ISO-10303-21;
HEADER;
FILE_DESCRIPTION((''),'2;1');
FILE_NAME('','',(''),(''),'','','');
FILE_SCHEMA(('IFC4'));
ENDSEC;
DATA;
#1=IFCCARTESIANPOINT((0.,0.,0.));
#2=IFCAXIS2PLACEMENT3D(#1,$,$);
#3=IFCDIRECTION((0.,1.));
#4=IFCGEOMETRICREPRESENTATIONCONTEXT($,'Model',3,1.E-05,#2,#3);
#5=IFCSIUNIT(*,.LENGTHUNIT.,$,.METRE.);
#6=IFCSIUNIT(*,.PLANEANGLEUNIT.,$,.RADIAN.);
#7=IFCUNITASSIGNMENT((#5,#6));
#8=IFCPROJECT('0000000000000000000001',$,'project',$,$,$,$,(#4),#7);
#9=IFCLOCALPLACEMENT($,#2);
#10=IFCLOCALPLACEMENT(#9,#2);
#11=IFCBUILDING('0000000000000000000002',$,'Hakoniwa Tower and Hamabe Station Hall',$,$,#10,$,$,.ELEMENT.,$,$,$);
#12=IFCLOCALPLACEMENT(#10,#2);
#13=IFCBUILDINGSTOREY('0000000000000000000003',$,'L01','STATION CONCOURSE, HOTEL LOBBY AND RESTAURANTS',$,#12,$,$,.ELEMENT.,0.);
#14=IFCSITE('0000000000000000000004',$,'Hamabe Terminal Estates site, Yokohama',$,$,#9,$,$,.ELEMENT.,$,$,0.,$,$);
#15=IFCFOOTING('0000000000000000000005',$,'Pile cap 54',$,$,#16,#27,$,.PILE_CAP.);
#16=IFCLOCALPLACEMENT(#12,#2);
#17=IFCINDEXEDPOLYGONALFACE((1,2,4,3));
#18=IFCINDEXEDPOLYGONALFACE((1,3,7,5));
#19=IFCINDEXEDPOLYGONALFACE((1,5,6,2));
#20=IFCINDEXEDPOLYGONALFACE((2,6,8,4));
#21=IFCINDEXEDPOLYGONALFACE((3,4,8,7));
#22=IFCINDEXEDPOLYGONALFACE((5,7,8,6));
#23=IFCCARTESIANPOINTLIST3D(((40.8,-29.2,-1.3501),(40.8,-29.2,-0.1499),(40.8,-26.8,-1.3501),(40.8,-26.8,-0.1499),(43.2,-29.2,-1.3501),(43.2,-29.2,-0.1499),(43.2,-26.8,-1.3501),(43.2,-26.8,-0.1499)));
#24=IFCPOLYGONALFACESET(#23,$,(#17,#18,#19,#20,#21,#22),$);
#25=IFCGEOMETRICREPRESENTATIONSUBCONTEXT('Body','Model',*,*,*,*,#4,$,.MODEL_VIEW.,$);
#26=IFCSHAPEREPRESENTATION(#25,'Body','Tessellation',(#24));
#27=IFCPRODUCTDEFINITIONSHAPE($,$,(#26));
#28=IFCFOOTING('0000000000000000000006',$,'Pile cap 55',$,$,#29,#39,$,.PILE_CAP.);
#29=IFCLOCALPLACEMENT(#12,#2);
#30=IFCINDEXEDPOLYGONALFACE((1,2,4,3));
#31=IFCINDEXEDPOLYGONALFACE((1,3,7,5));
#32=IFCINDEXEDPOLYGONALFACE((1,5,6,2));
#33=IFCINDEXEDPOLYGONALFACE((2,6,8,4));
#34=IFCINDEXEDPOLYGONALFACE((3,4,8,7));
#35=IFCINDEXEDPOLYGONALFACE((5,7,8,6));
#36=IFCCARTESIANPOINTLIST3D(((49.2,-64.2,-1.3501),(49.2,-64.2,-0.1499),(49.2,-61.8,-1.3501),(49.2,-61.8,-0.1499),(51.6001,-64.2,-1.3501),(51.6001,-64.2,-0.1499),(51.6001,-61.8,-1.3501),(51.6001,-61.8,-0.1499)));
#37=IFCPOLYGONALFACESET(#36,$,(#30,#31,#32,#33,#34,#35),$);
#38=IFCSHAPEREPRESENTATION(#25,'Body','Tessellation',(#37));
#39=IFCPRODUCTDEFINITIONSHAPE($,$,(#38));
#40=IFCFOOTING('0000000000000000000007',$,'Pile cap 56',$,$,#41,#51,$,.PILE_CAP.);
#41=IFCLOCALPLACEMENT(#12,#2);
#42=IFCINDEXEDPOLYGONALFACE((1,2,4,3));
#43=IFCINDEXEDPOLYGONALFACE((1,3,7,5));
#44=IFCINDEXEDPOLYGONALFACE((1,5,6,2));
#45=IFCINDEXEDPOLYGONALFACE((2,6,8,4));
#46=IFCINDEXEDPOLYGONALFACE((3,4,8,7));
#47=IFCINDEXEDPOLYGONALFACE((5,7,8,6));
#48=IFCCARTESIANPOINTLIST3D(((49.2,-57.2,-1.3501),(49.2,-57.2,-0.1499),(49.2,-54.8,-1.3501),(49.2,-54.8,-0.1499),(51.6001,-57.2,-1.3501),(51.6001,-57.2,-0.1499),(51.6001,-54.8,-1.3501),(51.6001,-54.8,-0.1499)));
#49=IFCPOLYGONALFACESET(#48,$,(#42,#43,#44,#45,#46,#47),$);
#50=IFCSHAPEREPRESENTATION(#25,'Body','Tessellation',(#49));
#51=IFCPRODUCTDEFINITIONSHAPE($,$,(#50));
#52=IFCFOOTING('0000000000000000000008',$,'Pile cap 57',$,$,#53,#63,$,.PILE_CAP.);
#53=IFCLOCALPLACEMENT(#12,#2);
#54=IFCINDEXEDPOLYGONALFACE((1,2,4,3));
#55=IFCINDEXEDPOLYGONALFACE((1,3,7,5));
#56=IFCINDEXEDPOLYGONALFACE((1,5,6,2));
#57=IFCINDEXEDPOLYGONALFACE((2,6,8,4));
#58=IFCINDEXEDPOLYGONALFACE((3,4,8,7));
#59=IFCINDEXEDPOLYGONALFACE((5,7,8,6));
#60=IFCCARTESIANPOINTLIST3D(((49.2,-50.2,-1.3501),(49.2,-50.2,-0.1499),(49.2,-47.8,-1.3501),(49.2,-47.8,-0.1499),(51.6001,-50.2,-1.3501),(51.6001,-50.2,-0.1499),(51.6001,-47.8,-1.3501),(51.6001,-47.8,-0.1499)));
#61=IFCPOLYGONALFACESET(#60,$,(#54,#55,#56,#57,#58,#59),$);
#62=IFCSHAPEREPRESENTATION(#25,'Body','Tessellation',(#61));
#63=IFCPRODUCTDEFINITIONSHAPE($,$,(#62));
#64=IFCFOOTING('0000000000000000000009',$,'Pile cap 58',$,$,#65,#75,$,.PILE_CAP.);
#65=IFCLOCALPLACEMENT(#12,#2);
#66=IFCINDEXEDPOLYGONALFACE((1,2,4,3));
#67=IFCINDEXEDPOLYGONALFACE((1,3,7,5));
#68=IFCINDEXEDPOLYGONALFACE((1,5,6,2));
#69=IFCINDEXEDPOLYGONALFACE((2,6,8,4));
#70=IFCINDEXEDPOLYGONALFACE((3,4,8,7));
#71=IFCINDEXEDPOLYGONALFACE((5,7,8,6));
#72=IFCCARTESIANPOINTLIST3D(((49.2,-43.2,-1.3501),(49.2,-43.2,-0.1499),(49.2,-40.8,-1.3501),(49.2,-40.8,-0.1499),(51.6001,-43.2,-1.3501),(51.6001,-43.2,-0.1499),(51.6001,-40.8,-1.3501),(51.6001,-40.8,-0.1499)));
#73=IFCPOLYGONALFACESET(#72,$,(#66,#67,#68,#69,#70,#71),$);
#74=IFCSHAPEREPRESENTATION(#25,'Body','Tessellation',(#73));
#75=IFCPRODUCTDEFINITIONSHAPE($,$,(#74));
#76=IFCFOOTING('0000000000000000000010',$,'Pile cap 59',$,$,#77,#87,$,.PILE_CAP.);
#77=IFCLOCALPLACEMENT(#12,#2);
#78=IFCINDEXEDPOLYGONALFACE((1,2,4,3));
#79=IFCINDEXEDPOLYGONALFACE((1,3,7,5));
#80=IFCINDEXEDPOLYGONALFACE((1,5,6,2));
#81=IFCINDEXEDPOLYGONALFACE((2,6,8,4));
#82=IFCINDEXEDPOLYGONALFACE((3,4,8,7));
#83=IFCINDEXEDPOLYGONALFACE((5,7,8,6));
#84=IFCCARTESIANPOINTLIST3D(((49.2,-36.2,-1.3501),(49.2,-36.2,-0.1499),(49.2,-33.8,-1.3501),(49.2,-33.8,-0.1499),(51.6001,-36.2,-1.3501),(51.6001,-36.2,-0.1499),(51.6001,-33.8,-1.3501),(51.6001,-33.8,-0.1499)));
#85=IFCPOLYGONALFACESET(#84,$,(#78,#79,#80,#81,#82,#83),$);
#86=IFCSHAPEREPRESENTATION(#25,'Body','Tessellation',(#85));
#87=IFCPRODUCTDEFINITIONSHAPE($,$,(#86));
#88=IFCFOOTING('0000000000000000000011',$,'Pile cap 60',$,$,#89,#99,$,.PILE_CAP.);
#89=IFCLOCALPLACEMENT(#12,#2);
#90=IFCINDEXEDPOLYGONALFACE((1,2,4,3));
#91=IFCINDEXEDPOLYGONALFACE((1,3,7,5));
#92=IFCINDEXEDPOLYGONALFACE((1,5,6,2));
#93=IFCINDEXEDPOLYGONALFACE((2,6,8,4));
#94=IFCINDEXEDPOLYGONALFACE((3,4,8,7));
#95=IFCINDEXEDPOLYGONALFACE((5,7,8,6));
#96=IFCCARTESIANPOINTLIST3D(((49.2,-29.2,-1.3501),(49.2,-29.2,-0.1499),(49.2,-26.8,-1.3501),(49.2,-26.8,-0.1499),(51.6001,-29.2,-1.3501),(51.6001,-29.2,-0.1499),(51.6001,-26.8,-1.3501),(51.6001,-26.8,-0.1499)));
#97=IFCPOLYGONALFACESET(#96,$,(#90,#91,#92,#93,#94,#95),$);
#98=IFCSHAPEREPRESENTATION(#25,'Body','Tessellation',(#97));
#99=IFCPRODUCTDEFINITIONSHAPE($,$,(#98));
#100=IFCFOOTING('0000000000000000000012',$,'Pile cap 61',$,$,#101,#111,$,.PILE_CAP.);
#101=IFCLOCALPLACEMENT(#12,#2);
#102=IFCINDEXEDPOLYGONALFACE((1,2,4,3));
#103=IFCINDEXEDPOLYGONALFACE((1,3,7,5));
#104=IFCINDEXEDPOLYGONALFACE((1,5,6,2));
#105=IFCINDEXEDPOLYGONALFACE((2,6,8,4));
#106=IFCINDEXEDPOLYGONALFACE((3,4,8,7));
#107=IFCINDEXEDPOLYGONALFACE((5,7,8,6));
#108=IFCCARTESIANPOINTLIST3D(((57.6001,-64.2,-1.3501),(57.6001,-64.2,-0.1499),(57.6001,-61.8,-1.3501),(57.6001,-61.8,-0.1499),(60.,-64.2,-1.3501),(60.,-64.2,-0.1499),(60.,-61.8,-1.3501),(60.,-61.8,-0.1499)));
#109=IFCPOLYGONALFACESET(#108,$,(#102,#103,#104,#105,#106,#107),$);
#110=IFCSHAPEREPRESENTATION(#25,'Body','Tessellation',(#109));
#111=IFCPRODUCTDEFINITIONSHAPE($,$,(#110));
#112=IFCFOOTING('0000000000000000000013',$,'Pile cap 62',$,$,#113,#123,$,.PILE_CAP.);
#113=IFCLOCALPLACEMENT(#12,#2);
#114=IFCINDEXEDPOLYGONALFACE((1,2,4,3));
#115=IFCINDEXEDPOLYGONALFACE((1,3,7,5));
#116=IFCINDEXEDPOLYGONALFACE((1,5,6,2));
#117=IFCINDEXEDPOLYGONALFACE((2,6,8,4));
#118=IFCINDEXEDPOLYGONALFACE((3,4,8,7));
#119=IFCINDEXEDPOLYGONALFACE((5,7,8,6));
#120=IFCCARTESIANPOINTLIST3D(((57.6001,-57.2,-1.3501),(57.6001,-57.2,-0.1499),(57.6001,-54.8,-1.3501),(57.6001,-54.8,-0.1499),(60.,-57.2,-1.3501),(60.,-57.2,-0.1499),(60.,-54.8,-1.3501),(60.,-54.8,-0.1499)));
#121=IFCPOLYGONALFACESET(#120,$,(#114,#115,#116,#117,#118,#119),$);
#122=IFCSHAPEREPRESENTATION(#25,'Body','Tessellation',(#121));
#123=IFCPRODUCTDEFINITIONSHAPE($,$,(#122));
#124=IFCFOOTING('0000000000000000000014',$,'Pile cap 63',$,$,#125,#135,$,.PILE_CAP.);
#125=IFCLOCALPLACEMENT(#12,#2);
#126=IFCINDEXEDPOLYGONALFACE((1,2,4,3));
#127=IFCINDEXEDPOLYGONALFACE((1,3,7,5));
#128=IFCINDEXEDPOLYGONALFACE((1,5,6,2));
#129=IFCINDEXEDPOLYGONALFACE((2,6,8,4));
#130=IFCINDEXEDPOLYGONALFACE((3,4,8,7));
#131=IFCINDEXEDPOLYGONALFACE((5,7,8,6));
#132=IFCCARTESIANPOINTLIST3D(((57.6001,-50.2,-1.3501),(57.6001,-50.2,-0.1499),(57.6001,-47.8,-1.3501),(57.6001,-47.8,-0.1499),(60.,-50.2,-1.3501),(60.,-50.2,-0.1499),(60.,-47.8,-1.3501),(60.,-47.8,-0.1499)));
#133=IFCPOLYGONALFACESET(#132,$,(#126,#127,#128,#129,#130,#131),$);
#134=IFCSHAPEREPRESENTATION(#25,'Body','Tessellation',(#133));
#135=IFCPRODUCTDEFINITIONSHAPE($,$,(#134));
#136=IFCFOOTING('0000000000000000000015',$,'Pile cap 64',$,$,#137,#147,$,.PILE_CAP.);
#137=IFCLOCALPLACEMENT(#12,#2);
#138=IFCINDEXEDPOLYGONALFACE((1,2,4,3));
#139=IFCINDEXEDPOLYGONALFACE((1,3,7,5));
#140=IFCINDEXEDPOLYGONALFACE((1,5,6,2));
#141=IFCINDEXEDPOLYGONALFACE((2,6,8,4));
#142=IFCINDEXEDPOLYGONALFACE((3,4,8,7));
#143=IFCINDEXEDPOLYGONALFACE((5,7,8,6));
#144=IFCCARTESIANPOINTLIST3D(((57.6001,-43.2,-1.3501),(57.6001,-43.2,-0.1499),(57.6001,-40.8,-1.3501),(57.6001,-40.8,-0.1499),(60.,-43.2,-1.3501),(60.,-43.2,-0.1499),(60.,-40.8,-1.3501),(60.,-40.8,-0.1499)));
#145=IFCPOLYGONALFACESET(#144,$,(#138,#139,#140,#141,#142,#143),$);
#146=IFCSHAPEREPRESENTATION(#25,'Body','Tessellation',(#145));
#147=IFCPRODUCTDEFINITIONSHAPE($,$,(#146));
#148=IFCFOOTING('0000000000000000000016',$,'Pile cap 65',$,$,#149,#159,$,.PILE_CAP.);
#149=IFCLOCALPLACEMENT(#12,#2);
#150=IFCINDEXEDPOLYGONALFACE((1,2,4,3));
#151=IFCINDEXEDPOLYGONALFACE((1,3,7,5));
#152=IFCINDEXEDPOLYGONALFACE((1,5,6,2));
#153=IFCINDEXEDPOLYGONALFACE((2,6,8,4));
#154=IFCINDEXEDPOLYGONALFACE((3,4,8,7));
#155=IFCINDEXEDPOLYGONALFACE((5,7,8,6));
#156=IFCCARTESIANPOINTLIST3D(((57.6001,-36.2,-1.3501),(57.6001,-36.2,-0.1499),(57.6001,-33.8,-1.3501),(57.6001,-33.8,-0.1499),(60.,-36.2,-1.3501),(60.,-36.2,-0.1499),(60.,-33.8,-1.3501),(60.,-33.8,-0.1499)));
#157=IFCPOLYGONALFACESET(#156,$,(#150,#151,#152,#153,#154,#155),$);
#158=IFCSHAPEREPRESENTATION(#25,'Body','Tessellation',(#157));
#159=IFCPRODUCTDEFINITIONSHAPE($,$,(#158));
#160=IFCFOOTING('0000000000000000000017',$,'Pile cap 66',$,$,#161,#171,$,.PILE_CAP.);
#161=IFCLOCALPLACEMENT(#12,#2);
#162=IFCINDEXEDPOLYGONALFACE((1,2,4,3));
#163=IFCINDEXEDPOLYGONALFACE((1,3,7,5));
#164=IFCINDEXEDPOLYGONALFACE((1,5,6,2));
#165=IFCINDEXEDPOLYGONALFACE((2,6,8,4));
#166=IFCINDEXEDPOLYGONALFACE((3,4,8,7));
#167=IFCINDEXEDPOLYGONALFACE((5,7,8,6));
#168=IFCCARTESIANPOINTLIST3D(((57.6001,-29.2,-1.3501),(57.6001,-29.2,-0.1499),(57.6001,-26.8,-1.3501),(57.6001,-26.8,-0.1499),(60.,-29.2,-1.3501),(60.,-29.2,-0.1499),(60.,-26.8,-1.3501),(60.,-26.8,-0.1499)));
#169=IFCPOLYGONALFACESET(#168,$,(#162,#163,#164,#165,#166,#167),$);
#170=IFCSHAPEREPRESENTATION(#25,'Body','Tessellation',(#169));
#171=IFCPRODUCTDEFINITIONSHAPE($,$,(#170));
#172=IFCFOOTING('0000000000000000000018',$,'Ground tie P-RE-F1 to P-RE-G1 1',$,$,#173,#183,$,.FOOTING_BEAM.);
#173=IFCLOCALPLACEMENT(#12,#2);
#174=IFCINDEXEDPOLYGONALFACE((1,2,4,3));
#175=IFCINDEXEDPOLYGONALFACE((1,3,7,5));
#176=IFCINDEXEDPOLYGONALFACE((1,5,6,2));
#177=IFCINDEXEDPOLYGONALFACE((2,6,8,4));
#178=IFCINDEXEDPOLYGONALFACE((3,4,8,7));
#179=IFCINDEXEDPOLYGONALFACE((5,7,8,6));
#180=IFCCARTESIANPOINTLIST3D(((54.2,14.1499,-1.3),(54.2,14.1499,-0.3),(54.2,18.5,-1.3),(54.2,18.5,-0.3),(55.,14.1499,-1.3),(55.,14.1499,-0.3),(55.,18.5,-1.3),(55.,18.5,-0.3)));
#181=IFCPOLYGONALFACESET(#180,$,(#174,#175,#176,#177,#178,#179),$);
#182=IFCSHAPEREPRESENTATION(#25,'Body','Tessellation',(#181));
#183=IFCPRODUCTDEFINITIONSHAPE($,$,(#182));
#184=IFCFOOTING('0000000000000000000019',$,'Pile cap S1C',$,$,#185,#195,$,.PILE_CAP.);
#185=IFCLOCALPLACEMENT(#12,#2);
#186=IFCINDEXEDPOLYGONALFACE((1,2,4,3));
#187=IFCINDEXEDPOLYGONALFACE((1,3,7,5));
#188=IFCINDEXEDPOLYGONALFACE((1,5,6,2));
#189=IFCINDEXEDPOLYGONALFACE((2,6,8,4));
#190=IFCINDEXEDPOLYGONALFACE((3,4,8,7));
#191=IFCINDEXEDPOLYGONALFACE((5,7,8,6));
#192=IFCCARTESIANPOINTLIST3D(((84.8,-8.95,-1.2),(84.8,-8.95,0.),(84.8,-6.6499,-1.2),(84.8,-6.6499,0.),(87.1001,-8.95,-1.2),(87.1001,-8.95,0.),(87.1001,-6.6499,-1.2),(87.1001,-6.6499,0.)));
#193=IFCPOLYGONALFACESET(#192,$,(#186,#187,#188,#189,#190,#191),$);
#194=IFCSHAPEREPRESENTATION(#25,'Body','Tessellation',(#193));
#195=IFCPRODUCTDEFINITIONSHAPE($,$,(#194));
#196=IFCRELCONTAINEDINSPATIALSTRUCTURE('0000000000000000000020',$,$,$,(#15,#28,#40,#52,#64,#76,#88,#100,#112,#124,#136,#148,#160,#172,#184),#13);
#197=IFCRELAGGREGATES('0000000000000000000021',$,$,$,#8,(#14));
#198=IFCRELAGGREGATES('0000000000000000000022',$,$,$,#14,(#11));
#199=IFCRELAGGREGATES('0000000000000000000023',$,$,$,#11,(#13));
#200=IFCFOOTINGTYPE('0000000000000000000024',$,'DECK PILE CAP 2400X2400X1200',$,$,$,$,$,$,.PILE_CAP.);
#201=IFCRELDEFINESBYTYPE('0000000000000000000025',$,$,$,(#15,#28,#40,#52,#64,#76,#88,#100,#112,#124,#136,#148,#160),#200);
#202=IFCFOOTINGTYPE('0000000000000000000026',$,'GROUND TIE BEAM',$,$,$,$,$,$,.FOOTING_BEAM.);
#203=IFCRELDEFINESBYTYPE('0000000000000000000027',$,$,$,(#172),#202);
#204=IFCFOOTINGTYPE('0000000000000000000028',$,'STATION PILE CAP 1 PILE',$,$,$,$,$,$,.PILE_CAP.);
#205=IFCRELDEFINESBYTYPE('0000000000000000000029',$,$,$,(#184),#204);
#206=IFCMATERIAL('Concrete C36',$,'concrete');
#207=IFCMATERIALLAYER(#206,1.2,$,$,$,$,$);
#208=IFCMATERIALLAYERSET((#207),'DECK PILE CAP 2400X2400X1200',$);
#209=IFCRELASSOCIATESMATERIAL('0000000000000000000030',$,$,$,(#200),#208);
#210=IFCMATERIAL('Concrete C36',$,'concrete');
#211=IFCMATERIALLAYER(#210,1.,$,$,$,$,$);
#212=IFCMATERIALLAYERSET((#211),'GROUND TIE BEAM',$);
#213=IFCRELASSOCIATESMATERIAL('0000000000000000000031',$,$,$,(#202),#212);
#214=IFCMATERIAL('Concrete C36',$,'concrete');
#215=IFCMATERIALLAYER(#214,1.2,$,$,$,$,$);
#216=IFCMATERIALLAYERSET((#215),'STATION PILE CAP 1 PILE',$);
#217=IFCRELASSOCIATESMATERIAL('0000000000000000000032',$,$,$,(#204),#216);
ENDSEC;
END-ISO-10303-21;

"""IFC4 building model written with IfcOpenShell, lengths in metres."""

from ifc_helpers import new_model, si_unit, direction, frame, origin, place, context, subcontext, project, spatial, polyline, outline, extrude, material, layer, layer_set, type_object, element, save


model = new_model("IFC4")

# Units and contexts
model_context = context("Model", 3, precision=1e-05, world=origin(), true_north=direction((0.0, 1.0)))
body_context = subcontext(model_context, "Body", "Model", "MODEL_VIEW")
ifc_project = project(units=[si_unit("LENGTHUNIT", "METRE"), si_unit("PLANEANGLEUNIT", "RADIAN")], contexts=[model_context])

# Site, building, storey
site_placement = place(None, origin())
site = spatial("IfcSite", under=ifc_project, at=site_placement, Name="Hamabe Terminal Estates site, Yokohama", CompositionType="ELEMENT", RefElevation=0.0)
building_placement = place(site_placement, origin())
building = spatial("IfcBuilding", under=site, at=building_placement, Name="Hakoniwa Tower and Hamabe Station Hall", CompositionType="ELEMENT")
storey_placement = place(building_placement, origin())
storey = spatial("IfcBuildingStorey", under=building, at=storey_placement, Name="L01", Description="STATION CONCOURSE, HOTEL LOBBY AND RESTAURANTS", CompositionType="ELEMENT", Elevation=0.0)

# Footings
ifc_material_1 = material(Name="Concrete C36", Category="concrete")
ifc_layer_1 = layer(ifc_material_1, 1.2)
ifc_layer_set_1 = layer_set([ifc_layer_1], Name="DECK PILE CAP 2400X2400X1200")
footing_type_1 = type_object("IfcFootingType", Name="DECK PILE CAP 2400X2400X1200", PredefinedType="PILE_CAP", material=ifc_layer_set_1)
footing_1_placement = place(storey_placement, frame((0.0, 0.0, -1.3501)))
element("IfcFooting", 1, at=footing_1_placement, inside=storey, type_object=footing_type_1, Name="Pile cap 54", PredefinedType="PILE_CAP", context=body_context, shape_type="SweptSolid", body=[
    extrude(outline(polyline([(40.8, -29.2), (43.2, -29.2), (43.2, -26.8), (40.8, -26.8), (40.8, -29.2)])), origin(), (0.0, 0.0, 1.0), 1.2002),
])
footing_2_placement = place(storey_placement, frame((0.0, 0.0, -1.3501)))
element("IfcFooting", 2, at=footing_2_placement, inside=storey, type_object=footing_type_1, Name="Pile cap 55", PredefinedType="PILE_CAP", context=body_context, shape_type="SweptSolid", body=[
    extrude(outline(polyline([(49.2, -64.2), (51.6001, -64.2), (51.6001, -61.8), (49.2, -61.8), (49.2, -64.2)])), origin(), (0.0, 0.0, 1.0), 1.2002),
])
footing_3_placement = place(storey_placement, frame((0.0, 0.0, -1.3501)))
element("IfcFooting", 3, at=footing_3_placement, inside=storey, type_object=footing_type_1, Name="Pile cap 56", PredefinedType="PILE_CAP", context=body_context, shape_type="SweptSolid", body=[
    extrude(outline(polyline([(49.2, -57.2), (51.6001, -57.2), (51.6001, -54.8), (49.2, -54.8), (49.2, -57.2)])), origin(), (0.0, 0.0, 1.0), 1.2002),
])
footing_4_placement = place(storey_placement, frame((0.0, 0.0, -1.3501)))
element("IfcFooting", 4, at=footing_4_placement, inside=storey, type_object=footing_type_1, Name="Pile cap 57", PredefinedType="PILE_CAP", context=body_context, shape_type="SweptSolid", body=[
    extrude(outline(polyline([(49.2, -50.2), (51.6001, -50.2), (51.6001, -47.8), (49.2, -47.8), (49.2, -50.2)])), origin(), (0.0, 0.0, 1.0), 1.2002),
])
footing_5_placement = place(storey_placement, frame((0.0, 0.0, -1.3501)))
element("IfcFooting", 5, at=footing_5_placement, inside=storey, type_object=footing_type_1, Name="Pile cap 58", PredefinedType="PILE_CAP", context=body_context, shape_type="SweptSolid", body=[
    extrude(outline(polyline([(49.2, -43.2), (51.6001, -43.2), (51.6001, -40.8), (49.2, -40.8), (49.2, -43.2)])), origin(), (0.0, 0.0, 1.0), 1.2002),
])
footing_6_placement = place(storey_placement, frame((0.0, 0.0, -1.3501)))
element("IfcFooting", 6, at=footing_6_placement, inside=storey, type_object=footing_type_1, Name="Pile cap 59", PredefinedType="PILE_CAP", context=body_context, shape_type="SweptSolid", body=[
    extrude(outline(polyline([(49.2, -36.2), (51.6001, -36.2), (51.6001, -33.8), (49.2, -33.8), (49.2, -36.2)])), origin(), (0.0, 0.0, 1.0), 1.2002),
])
footing_7_placement = place(storey_placement, frame((0.0, 0.0, -1.3501)))
element("IfcFooting", 7, at=footing_7_placement, inside=storey, type_object=footing_type_1, Name="Pile cap 60", PredefinedType="PILE_CAP", context=body_context, shape_type="SweptSolid", body=[
    extrude(outline(polyline([(49.2, -29.2), (51.6001, -29.2), (51.6001, -26.8), (49.2, -26.8), (49.2, -29.2)])), origin(), (0.0, 0.0, 1.0), 1.2002),
])
footing_8_placement = place(storey_placement, frame((0.0, 0.0, -1.3501)))
element("IfcFooting", 8, at=footing_8_placement, inside=storey, type_object=footing_type_1, Name="Pile cap 61", PredefinedType="PILE_CAP", context=body_context, shape_type="SweptSolid", body=[
    extrude(outline(polyline([(57.6001, -64.2), (60.0, -64.2), (60.0, -61.8), (57.6001, -61.8), (57.6001, -64.2)])), origin(), (0.0, 0.0, 1.0), 1.2002),
])
footing_9_placement = place(storey_placement, frame((0.0, 0.0, -1.3501)))
element("IfcFooting", 9, at=footing_9_placement, inside=storey, type_object=footing_type_1, Name="Pile cap 62", PredefinedType="PILE_CAP", context=body_context, shape_type="SweptSolid", body=[
    extrude(outline(polyline([(57.6001, -57.2), (60.0, -57.2), (60.0, -54.8), (57.6001, -54.8), (57.6001, -57.2)])), origin(), (0.0, 0.0, 1.0), 1.2002),
])
footing_10_placement = place(storey_placement, frame((0.0, 0.0, -1.3501)))
element("IfcFooting", 10, at=footing_10_placement, inside=storey, type_object=footing_type_1, Name="Pile cap 63", PredefinedType="PILE_CAP", context=body_context, shape_type="SweptSolid", body=[
    extrude(outline(polyline([(57.6001, -50.2), (60.0, -50.2), (60.0, -47.8), (57.6001, -47.8), (57.6001, -50.2)])), origin(), (0.0, 0.0, 1.0), 1.2002),
])
footing_11_placement = place(storey_placement, frame((0.0, 0.0, -1.3501)))
element("IfcFooting", 11, at=footing_11_placement, inside=storey, type_object=footing_type_1, Name="Pile cap 64", PredefinedType="PILE_CAP", context=body_context, shape_type="SweptSolid", body=[
    extrude(outline(polyline([(57.6001, -43.2), (60.0, -43.2), (60.0, -40.8), (57.6001, -40.8), (57.6001, -43.2)])), origin(), (0.0, 0.0, 1.0), 1.2002),
])
footing_12_placement = place(storey_placement, frame((0.0, 0.0, -1.3501)))
element("IfcFooting", 12, at=footing_12_placement, inside=storey, type_object=footing_type_1, Name="Pile cap 65", PredefinedType="PILE_CAP", context=body_context, shape_type="SweptSolid", body=[
    extrude(outline(polyline([(57.6001, -36.2), (60.0, -36.2), (60.0, -33.8), (57.6001, -33.8), (57.6001, -36.2)])), origin(), (0.0, 0.0, 1.0), 1.2002),
])
footing_13_placement = place(storey_placement, frame((0.0, 0.0, -1.3501)))
element("IfcFooting", 13, at=footing_13_placement, inside=storey, type_object=footing_type_1, Name="Pile cap 66", PredefinedType="PILE_CAP", context=body_context, shape_type="SweptSolid", body=[
    extrude(outline(polyline([(57.6001, -29.2), (60.0, -29.2), (60.0, -26.8), (57.6001, -26.8), (57.6001, -29.2)])), origin(), (0.0, 0.0, 1.0), 1.2002),
])
ifc_material_2 = material(Name="Concrete C36", Category="concrete")
ifc_layer_2 = layer(ifc_material_2, 1.0)
ifc_layer_set_2 = layer_set([ifc_layer_2], Name="GROUND TIE BEAM")
footing_type_2 = type_object("IfcFootingType", Name="GROUND TIE BEAM", PredefinedType="FOOTING_BEAM", material=ifc_layer_set_2)
footing_14_placement = place(storey_placement, frame((0.0, 0.0, -1.3)))
element("IfcFooting", 14, at=footing_14_placement, inside=storey, type_object=footing_type_2, Name="Ground tie P-RE-F1 to P-RE-G1 1", PredefinedType="FOOTING_BEAM", context=body_context, shape_type="SweptSolid", body=[
    extrude(outline(polyline([(54.2, 18.5), (54.2, 14.1499), (55.0, 14.1499), (55.0, 18.5), (54.2, 18.5)])), origin(), (0.0, 0.0, 1.0), 1.0),
])
ifc_material_3 = material(Name="Concrete C36", Category="concrete")
ifc_layer_3 = layer(ifc_material_3, 1.2)
ifc_layer_set_3 = layer_set([ifc_layer_3], Name="STATION PILE CAP 1 PILE")
footing_type_3 = type_object("IfcFootingType", Name="STATION PILE CAP 1 PILE", PredefinedType="PILE_CAP", material=ifc_layer_set_3)
footing_15_placement = place(storey_placement, frame((0.0, 0.0, -1.2)))
element("IfcFooting", 15, at=footing_15_placement, inside=storey, type_object=footing_type_3, Name="Pile cap S1C", PredefinedType="PILE_CAP", context=body_context, shape_type="SweptSolid", body=[
    extrude(outline(polyline([(87.1001, -8.95), (87.1001, -6.6499), (84.8, -6.6499), (84.8, -8.95), (87.1001, -8.95)])), origin(), (0.0, 0.0, 1.0), 1.2),
])

save(model, "model.ifc")
